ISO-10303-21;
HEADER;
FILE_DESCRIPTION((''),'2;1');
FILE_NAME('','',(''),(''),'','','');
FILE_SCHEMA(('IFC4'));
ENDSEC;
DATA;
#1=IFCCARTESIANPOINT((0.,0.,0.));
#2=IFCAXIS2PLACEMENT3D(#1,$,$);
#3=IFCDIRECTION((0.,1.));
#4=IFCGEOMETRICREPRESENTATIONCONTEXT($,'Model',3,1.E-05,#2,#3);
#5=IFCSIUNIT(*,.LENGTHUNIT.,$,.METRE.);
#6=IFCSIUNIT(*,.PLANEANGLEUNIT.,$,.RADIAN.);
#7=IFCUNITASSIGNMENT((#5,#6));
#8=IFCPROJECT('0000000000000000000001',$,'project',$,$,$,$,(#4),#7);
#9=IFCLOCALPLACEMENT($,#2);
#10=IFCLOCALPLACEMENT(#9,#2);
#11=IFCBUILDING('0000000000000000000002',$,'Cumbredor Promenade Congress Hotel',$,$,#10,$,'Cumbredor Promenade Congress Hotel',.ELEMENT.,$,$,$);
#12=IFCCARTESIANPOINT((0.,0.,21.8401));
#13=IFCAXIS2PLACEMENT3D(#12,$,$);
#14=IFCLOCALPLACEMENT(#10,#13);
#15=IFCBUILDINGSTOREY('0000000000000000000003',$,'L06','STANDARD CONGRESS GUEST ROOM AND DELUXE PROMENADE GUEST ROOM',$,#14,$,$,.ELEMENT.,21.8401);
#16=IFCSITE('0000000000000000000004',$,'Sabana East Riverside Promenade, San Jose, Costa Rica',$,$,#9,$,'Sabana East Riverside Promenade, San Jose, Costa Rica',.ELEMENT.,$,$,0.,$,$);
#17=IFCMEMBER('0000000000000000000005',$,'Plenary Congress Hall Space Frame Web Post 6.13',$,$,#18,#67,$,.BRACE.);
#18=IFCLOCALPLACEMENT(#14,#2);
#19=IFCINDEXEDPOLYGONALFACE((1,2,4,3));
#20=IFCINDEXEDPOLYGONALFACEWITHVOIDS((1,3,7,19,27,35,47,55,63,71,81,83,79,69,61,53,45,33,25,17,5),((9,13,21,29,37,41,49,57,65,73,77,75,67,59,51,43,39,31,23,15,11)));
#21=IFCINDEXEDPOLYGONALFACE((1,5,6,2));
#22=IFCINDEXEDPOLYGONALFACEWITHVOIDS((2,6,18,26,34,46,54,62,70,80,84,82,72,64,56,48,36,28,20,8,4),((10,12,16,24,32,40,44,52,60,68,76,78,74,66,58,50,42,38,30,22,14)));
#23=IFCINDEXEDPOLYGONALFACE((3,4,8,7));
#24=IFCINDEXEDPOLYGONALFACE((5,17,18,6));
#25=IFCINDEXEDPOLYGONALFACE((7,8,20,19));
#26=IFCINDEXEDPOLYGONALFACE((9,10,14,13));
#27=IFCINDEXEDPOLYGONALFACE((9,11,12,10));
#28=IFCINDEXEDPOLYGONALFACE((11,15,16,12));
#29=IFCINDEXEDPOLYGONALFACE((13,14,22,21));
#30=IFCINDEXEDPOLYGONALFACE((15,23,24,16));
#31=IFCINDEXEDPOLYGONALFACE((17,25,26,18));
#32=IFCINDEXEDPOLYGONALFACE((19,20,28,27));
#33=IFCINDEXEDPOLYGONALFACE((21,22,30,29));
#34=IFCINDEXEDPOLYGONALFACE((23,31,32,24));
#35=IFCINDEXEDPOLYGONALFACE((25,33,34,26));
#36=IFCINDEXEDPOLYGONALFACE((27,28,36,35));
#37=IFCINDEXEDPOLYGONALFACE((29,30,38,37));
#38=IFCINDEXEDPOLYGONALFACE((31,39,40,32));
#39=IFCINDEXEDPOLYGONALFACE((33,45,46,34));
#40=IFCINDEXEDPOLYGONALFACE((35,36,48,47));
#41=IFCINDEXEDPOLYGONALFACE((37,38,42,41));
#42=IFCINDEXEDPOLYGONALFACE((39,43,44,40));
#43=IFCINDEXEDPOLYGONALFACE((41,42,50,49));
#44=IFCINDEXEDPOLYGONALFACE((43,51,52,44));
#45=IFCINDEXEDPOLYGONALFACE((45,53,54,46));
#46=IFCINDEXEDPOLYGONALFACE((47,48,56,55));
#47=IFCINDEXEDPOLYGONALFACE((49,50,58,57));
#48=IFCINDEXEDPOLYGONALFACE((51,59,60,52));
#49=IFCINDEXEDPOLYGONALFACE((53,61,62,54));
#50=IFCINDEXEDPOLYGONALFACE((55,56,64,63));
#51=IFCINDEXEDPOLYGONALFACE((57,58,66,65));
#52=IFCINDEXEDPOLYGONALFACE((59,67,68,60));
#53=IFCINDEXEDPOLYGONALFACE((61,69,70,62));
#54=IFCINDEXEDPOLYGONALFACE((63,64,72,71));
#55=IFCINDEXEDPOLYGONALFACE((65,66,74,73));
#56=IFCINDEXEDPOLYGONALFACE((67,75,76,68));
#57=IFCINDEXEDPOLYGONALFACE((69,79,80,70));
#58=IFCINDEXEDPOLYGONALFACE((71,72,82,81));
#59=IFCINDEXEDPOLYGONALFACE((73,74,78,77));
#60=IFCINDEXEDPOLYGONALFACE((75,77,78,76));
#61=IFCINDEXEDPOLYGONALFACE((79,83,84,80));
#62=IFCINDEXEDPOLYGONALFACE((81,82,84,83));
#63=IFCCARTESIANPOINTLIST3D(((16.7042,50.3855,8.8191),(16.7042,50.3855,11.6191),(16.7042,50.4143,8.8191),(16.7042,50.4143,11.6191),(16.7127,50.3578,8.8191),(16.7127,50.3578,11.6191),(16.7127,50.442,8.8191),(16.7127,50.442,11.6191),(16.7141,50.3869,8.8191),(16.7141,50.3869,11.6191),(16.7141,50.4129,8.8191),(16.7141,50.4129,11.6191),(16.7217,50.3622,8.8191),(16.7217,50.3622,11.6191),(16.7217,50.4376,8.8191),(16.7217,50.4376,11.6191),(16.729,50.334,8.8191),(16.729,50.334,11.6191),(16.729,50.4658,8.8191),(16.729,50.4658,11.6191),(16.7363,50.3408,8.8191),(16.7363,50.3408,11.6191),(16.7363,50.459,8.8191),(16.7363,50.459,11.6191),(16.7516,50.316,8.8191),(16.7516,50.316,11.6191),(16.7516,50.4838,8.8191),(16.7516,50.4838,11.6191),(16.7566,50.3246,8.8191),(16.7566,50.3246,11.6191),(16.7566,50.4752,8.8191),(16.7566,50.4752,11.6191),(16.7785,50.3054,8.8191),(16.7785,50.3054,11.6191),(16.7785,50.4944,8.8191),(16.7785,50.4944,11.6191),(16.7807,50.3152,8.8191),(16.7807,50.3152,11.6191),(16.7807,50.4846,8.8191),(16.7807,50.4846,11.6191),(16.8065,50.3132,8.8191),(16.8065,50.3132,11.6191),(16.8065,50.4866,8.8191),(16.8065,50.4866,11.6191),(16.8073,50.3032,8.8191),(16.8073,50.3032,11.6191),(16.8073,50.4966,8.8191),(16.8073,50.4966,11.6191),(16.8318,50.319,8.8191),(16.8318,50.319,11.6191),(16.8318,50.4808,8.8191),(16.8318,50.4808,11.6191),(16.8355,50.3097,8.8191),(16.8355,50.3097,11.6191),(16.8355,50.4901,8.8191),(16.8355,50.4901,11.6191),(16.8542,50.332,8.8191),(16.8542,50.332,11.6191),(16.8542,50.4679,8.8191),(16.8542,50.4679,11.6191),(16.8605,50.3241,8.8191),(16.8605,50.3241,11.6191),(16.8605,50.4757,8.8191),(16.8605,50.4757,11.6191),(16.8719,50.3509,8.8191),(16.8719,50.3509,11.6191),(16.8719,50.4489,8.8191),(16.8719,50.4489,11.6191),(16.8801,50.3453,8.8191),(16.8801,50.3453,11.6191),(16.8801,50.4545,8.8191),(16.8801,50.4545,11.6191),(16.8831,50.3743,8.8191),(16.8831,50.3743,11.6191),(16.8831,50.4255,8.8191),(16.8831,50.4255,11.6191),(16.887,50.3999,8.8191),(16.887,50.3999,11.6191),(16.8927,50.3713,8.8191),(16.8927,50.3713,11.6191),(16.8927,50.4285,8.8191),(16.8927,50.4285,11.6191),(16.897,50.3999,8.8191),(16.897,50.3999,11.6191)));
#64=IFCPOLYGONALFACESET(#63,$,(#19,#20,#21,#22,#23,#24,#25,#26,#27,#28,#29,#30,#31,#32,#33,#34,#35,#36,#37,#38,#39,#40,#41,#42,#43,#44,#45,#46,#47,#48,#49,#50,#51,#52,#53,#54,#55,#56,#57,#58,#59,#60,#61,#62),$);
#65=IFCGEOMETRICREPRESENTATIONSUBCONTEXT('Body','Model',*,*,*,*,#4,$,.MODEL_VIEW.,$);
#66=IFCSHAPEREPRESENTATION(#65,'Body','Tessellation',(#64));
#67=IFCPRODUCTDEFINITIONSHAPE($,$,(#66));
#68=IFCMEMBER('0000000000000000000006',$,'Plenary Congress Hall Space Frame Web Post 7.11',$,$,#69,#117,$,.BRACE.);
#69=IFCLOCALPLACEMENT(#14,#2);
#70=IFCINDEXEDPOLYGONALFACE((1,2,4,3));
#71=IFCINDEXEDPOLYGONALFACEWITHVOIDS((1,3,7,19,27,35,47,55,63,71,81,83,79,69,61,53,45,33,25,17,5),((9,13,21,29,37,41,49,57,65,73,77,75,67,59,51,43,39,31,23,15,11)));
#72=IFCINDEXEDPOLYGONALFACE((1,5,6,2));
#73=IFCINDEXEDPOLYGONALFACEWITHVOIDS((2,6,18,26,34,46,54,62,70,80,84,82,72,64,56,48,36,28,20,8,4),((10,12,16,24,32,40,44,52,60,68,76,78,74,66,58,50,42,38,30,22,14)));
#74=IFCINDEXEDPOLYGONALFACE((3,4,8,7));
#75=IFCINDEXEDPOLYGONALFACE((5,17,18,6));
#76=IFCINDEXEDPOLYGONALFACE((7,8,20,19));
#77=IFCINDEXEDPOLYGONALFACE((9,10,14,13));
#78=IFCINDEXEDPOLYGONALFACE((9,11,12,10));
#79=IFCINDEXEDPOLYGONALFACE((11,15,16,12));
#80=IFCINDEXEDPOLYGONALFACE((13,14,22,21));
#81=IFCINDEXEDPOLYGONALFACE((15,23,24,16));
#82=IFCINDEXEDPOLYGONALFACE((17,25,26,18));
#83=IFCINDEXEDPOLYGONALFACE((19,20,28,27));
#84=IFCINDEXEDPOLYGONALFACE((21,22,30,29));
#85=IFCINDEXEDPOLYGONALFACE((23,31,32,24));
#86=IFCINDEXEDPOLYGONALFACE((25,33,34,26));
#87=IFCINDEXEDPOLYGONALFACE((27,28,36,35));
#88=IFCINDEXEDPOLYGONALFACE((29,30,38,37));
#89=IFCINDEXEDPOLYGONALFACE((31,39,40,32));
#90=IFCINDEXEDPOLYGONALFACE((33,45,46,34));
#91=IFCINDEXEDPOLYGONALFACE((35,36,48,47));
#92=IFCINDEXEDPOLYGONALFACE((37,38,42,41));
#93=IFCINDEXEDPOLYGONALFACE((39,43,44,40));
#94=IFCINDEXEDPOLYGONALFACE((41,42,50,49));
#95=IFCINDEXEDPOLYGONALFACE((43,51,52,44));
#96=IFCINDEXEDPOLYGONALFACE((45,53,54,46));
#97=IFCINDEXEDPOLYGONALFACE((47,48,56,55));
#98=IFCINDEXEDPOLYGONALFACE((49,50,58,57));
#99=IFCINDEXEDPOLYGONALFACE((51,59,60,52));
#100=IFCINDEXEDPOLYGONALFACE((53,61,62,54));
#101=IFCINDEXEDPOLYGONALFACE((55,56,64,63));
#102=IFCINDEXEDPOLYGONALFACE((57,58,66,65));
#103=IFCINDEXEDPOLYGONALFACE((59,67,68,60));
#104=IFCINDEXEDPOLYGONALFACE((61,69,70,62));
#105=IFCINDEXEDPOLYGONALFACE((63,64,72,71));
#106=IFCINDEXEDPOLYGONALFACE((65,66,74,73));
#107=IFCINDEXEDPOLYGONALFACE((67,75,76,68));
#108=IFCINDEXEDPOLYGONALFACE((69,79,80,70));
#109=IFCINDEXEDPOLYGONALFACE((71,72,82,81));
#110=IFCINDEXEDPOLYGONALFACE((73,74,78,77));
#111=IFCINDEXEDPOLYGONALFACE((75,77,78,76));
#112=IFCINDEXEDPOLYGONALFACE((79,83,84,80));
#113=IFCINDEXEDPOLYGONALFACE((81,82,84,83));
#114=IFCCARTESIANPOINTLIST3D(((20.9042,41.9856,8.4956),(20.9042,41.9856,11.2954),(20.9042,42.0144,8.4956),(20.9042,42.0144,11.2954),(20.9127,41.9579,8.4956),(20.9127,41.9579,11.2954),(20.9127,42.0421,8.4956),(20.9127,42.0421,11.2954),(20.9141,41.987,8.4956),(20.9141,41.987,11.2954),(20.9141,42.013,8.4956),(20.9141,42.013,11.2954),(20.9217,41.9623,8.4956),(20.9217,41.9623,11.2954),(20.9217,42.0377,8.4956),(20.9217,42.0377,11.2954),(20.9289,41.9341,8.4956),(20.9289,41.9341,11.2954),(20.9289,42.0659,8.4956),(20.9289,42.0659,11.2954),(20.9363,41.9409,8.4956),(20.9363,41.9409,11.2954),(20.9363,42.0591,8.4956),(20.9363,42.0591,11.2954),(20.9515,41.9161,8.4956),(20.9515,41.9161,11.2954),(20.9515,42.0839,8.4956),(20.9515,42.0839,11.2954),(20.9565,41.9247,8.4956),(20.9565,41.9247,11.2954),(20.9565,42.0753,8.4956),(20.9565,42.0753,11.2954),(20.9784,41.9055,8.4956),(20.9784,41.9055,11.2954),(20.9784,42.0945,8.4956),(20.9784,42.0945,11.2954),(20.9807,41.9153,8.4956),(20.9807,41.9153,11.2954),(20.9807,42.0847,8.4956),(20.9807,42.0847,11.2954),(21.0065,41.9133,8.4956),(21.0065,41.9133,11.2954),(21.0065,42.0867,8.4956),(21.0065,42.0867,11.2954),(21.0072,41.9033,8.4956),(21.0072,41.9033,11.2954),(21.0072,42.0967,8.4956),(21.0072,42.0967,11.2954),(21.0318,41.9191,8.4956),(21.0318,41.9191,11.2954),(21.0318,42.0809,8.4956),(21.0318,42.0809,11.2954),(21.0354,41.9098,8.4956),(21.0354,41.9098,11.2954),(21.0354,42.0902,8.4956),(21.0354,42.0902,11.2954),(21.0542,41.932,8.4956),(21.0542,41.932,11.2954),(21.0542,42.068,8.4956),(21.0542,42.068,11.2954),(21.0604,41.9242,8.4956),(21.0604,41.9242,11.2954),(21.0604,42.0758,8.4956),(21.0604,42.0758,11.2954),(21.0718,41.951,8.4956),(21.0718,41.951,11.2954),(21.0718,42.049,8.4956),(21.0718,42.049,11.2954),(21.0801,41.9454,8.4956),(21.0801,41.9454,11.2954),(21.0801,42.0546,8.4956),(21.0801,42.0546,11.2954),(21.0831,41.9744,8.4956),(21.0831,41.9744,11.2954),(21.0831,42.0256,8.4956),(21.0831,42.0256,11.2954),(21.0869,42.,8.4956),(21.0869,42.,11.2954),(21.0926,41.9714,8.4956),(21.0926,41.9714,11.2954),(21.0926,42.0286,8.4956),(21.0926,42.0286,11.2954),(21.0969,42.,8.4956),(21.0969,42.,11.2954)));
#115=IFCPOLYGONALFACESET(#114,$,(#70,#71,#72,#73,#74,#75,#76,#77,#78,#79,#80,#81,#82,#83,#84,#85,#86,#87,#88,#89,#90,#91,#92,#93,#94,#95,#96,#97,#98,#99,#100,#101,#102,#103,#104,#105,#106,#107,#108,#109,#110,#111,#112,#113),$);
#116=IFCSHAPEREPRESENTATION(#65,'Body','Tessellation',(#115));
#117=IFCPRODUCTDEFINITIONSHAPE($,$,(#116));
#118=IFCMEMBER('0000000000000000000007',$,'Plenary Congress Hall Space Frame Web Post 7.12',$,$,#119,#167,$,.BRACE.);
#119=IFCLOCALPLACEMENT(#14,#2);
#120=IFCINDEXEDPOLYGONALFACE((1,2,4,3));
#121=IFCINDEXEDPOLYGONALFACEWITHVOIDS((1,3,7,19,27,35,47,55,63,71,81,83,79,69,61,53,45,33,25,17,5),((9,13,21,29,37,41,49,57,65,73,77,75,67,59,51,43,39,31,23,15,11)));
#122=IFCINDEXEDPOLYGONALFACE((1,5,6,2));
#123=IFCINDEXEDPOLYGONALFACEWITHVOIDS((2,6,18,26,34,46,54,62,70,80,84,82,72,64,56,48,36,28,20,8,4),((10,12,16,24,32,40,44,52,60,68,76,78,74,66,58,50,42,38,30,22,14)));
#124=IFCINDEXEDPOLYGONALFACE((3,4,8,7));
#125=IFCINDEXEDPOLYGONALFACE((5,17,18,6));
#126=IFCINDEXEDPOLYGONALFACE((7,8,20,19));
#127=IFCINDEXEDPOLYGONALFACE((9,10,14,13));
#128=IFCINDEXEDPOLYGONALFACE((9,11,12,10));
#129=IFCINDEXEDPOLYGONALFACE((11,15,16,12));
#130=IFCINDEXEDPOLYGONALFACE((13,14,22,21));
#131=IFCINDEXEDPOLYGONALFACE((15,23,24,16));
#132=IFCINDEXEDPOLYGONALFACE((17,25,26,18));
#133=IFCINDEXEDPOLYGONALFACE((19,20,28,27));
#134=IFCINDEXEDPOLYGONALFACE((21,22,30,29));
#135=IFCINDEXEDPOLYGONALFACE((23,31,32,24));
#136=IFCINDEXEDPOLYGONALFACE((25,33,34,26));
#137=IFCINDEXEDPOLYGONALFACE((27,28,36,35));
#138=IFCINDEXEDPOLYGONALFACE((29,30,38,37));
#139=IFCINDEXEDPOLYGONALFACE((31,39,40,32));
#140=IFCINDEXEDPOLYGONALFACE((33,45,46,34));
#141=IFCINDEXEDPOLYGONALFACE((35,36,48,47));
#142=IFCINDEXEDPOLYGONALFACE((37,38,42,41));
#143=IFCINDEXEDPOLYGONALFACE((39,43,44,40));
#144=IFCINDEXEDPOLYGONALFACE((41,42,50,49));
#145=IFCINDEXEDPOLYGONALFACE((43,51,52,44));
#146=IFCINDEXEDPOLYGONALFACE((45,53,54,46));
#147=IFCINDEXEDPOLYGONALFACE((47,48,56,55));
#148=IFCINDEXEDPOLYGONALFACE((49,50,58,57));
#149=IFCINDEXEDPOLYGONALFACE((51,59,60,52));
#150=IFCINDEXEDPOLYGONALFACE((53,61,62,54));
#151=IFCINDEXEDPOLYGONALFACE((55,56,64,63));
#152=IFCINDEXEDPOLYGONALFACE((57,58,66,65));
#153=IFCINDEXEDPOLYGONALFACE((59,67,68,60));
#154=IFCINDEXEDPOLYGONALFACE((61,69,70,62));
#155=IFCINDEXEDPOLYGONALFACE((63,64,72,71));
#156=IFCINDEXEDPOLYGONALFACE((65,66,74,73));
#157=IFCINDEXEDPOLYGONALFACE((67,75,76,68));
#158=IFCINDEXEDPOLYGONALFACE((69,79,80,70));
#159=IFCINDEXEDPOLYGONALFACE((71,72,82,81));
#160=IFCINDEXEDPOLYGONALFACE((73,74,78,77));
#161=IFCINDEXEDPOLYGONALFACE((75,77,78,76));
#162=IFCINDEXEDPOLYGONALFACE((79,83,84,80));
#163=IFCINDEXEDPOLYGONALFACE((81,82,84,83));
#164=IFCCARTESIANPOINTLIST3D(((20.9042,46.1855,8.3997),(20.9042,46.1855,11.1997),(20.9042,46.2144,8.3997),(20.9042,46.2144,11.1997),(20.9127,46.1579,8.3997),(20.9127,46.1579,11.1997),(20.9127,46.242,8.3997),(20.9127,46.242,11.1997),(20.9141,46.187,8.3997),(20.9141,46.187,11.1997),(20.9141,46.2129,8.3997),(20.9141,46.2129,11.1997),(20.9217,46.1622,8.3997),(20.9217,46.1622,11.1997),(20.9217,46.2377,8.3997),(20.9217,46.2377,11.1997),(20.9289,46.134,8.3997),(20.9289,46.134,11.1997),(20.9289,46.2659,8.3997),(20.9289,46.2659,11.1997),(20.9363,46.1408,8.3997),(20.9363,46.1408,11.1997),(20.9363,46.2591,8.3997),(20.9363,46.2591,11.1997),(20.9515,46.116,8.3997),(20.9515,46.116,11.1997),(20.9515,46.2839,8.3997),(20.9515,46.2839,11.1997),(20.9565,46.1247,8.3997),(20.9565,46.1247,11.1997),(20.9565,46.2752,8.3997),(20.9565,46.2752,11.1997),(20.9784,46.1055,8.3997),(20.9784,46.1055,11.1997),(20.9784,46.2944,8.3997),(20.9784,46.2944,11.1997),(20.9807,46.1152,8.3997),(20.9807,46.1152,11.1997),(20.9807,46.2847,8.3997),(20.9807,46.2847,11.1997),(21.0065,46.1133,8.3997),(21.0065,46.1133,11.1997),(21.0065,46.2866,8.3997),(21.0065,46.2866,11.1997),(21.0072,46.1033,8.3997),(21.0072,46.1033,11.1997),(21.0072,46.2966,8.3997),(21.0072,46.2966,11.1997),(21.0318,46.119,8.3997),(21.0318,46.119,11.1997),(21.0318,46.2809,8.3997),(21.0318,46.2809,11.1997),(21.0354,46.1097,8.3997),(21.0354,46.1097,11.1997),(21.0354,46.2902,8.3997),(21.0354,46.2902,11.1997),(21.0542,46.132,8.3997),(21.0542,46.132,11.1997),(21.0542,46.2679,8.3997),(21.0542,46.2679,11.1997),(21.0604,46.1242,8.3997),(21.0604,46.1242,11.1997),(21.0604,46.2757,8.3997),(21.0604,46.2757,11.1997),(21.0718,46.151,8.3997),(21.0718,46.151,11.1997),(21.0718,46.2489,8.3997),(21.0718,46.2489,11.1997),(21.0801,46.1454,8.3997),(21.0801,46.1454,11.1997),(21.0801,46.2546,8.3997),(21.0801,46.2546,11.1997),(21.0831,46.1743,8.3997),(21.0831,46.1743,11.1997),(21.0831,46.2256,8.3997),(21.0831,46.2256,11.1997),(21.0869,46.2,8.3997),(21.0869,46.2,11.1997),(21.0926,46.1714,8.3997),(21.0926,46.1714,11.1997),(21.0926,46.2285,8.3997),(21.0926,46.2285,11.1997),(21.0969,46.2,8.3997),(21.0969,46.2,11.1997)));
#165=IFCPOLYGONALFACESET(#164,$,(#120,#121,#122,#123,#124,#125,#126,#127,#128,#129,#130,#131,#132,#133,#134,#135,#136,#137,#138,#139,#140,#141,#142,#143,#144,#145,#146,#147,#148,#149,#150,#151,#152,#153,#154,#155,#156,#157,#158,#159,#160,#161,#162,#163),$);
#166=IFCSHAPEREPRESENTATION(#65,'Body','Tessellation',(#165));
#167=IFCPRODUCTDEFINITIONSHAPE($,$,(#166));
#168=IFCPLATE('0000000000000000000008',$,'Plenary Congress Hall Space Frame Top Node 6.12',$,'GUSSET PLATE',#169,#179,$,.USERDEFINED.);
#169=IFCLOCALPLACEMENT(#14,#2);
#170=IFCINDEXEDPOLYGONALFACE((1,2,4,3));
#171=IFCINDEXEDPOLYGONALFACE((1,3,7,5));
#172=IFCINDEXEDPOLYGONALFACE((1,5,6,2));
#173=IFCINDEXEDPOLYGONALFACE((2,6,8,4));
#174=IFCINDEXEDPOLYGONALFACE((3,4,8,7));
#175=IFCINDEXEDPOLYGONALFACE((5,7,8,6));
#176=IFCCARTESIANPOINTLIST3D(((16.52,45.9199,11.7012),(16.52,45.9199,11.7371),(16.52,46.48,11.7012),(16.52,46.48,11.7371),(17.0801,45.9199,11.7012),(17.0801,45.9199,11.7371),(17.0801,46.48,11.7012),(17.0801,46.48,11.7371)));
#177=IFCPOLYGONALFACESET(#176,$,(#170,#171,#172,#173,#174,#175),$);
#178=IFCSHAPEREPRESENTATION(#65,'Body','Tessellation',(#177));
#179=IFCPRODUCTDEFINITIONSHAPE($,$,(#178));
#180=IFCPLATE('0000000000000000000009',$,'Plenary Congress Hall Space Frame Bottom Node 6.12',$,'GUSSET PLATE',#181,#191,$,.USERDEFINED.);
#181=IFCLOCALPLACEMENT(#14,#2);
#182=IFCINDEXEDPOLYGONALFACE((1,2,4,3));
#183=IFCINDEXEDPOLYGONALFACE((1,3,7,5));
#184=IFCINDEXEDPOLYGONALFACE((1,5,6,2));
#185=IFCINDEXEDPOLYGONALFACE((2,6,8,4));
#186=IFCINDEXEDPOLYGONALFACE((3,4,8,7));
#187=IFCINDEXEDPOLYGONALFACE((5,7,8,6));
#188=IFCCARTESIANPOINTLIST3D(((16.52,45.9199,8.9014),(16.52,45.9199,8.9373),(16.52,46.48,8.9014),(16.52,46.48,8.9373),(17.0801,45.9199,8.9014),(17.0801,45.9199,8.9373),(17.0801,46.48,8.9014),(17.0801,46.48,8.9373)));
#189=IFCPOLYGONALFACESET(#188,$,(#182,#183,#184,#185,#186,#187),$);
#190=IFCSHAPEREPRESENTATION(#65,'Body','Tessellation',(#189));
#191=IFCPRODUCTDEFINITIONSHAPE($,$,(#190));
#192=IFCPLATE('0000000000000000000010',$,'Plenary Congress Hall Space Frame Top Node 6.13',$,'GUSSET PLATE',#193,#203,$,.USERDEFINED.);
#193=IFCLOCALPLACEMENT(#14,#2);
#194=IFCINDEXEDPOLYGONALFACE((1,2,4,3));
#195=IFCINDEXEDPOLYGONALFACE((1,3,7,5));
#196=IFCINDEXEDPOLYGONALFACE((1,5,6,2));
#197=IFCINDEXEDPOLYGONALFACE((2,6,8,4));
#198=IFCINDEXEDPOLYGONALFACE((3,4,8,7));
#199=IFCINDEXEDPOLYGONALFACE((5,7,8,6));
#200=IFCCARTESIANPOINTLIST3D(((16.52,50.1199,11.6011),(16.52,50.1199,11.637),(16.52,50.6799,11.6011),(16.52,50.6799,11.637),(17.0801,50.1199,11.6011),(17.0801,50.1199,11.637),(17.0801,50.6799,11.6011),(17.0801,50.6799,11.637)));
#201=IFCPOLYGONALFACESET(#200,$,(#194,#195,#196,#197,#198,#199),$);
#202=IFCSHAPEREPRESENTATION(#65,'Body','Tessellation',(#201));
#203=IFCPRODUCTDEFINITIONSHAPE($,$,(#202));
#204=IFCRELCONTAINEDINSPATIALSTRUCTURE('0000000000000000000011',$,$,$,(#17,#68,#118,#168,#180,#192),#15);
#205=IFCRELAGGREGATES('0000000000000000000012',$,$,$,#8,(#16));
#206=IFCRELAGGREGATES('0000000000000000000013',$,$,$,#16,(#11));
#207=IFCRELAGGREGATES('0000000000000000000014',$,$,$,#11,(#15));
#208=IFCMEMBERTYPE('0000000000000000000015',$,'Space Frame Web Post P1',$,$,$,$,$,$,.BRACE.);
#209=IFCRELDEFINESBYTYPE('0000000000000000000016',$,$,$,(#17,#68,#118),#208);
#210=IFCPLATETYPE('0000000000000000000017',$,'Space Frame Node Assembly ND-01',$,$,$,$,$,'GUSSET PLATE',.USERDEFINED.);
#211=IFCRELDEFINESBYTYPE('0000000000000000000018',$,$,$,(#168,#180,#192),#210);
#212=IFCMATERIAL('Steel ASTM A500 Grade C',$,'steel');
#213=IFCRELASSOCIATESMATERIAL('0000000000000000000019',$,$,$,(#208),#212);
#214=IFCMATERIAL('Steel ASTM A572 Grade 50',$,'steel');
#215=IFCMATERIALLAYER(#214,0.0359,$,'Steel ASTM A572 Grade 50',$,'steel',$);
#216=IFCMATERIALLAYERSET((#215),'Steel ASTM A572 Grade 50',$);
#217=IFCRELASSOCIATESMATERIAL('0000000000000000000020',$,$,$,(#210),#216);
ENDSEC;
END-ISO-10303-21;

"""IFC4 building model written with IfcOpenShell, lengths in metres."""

from ifc_helpers import new_model, si_unit, direction, frame, origin, origin_2d, place, context, subcontext, project, spatial, rectangle, hollow_circle, extrude, material, layer, layer_set, material_profile, profile_set, type_object, element, save


model = new_model("IFC4")

# Units and contexts
model_context = context("Model", 3, precision=1e-05, world=origin(), true_north=direction((0.0, 1.0)))
body_context = subcontext(model_context, "Body", "Model", "MODEL_VIEW")
ifc_project = project(units=[si_unit("LENGTHUNIT", "METRE"), si_unit("PLANEANGLEUNIT", "RADIAN")], contexts=[model_context])

# Site, building, storey
site_placement = place(None, origin())
site = spatial("IfcSite", under=ifc_project, at=site_placement, Name="Sabana East Riverside Promenade, San Jose, Costa Rica", LongName="Sabana East Riverside Promenade, San Jose, Costa Rica", CompositionType="ELEMENT", RefElevation=0.0)
building_placement = place(site_placement, origin())
building = spatial("IfcBuilding", under=site, at=building_placement, Name="Cumbredor Promenade Congress Hotel", LongName="Cumbredor Promenade Congress Hotel", CompositionType="ELEMENT")
storey_placement = place(building_placement, frame((0.0, 0.0, 21.8401)))
storey = spatial("IfcBuildingStorey", under=building, at=storey_placement, Name="L06", Description="STANDARD CONGRESS GUEST ROOM AND DELUXE PROMENADE GUEST ROOM", CompositionType="ELEMENT", Elevation=21.8401)

# Members
ifc_material_1 = material(Name="Steel ASTM A500 Grade C", Category="steel")
ifc_material_profile_1 = material_profile(ifc_material_1, hollow_circle(Radius=0.0969, WallThickness=0.01, at=origin_2d()), Name="CHS 193.7x10")
ifc_profile_set_1 = profile_set([ifc_material_profile_1], Name="Steel ASTM A500 Grade C")
member_type_1 = type_object("IfcMemberType", Name="Space Frame Web Post P1", PredefinedType="BRACE", material=ifc_profile_set_1)
member_1_placement = place(storey_placement, frame((16.8, 50.3999, 8.8191), z_axis=(0.0, 0.0, 1.0), x_axis=(1.0, 0.0, 0.0)))
element("IfcMember", 1, at=member_1_placement, inside=storey, type_object=member_type_1, Name="Plenary Congress Hall Space Frame Web Post 6.13", PredefinedType="BRACE", context=body_context, shape_type="SweptSolid", body=[
    extrude(hollow_circle(Radius=0.0969, WallThickness=0.01, at=origin_2d()), origin(), (0.0, 0.0, 1.0), 2.8),
])
member_2_placement = place(storey_placement, frame((21.0, 42.0, 8.4956), z_axis=(0.0, 0.0, 1.0), x_axis=(1.0, 0.0, 0.0)))
element("IfcMember", 2, at=member_2_placement, inside=storey, type_object=member_type_1, Name="Plenary Congress Hall Space Frame Web Post 7.11", PredefinedType="BRACE", context=body_context, shape_type="SweptSolid", body=[
    extrude(hollow_circle(Radius=0.0969, WallThickness=0.01, at=origin_2d()), origin(), (0.0, 0.0, 1.0), 2.7998),
])
member_3_placement = place(storey_placement, frame((21.0, 46.2, 8.3997), z_axis=(0.0, 0.0, 1.0), x_axis=(1.0, 0.0, 0.0)))
element("IfcMember", 3, at=member_3_placement, inside=storey, type_object=member_type_1, Name="Plenary Congress Hall Space Frame Web Post 7.12", PredefinedType="BRACE", context=body_context, shape_type="SweptSolid", body=[
    extrude(hollow_circle(Radius=0.0969, WallThickness=0.01, at=origin_2d()), origin(), (0.0, 0.0, 1.0), 2.8),
])

# Plates
ifc_material_2 = material(Name="Steel ASTM A572 Grade 50", Category="steel")
ifc_layer = layer(ifc_material_2, 0.0359, Name="Steel ASTM A572 Grade 50", Category="steel")
ifc_layer_set = layer_set([ifc_layer], Name="Steel ASTM A572 Grade 50")
plate_type = type_object("IfcPlateType", Name="Space Frame Node Assembly ND-01", ElementType="GUSSET PLATE", PredefinedType="USERDEFINED", material=ifc_layer_set)
for number, where, z_axis, x_axis, name in (
    (4, (16.8, 46.2, 11.7012), (0.0, 0.0, 1.0), (1.0, 0.0, 0.0), "Plenary Congress Hall Space Frame Top Node 6.12"),
    (5, (16.8, 46.2, 8.9014), (0.0, 0.0, 1.0), (1.0, 0.0, 0.0), "Plenary Congress Hall Space Frame Bottom Node 6.12"),
    (6, (16.8, 50.3999, 11.6011), (0.0, 0.0, 1.0), (1.0, 0.0, 0.0), "Plenary Congress Hall Space Frame Top Node 6.13"),
):
    element("IfcPlate", number, at=place(storey_placement, frame(where, z_axis=z_axis, x_axis=x_axis)), inside=storey, type_object=plate_type, Name=name, ObjectType="GUSSET PLATE", PredefinedType="USERDEFINED", context=body_context, shape_type="SweptSolid", body=[
        extrude(rectangle(XDim=0.5601, YDim=0.5601, at=origin_2d()), origin(), (0.0, 0.0, 1.0), 0.0359),
    ])

save(model, "model.ifc")
